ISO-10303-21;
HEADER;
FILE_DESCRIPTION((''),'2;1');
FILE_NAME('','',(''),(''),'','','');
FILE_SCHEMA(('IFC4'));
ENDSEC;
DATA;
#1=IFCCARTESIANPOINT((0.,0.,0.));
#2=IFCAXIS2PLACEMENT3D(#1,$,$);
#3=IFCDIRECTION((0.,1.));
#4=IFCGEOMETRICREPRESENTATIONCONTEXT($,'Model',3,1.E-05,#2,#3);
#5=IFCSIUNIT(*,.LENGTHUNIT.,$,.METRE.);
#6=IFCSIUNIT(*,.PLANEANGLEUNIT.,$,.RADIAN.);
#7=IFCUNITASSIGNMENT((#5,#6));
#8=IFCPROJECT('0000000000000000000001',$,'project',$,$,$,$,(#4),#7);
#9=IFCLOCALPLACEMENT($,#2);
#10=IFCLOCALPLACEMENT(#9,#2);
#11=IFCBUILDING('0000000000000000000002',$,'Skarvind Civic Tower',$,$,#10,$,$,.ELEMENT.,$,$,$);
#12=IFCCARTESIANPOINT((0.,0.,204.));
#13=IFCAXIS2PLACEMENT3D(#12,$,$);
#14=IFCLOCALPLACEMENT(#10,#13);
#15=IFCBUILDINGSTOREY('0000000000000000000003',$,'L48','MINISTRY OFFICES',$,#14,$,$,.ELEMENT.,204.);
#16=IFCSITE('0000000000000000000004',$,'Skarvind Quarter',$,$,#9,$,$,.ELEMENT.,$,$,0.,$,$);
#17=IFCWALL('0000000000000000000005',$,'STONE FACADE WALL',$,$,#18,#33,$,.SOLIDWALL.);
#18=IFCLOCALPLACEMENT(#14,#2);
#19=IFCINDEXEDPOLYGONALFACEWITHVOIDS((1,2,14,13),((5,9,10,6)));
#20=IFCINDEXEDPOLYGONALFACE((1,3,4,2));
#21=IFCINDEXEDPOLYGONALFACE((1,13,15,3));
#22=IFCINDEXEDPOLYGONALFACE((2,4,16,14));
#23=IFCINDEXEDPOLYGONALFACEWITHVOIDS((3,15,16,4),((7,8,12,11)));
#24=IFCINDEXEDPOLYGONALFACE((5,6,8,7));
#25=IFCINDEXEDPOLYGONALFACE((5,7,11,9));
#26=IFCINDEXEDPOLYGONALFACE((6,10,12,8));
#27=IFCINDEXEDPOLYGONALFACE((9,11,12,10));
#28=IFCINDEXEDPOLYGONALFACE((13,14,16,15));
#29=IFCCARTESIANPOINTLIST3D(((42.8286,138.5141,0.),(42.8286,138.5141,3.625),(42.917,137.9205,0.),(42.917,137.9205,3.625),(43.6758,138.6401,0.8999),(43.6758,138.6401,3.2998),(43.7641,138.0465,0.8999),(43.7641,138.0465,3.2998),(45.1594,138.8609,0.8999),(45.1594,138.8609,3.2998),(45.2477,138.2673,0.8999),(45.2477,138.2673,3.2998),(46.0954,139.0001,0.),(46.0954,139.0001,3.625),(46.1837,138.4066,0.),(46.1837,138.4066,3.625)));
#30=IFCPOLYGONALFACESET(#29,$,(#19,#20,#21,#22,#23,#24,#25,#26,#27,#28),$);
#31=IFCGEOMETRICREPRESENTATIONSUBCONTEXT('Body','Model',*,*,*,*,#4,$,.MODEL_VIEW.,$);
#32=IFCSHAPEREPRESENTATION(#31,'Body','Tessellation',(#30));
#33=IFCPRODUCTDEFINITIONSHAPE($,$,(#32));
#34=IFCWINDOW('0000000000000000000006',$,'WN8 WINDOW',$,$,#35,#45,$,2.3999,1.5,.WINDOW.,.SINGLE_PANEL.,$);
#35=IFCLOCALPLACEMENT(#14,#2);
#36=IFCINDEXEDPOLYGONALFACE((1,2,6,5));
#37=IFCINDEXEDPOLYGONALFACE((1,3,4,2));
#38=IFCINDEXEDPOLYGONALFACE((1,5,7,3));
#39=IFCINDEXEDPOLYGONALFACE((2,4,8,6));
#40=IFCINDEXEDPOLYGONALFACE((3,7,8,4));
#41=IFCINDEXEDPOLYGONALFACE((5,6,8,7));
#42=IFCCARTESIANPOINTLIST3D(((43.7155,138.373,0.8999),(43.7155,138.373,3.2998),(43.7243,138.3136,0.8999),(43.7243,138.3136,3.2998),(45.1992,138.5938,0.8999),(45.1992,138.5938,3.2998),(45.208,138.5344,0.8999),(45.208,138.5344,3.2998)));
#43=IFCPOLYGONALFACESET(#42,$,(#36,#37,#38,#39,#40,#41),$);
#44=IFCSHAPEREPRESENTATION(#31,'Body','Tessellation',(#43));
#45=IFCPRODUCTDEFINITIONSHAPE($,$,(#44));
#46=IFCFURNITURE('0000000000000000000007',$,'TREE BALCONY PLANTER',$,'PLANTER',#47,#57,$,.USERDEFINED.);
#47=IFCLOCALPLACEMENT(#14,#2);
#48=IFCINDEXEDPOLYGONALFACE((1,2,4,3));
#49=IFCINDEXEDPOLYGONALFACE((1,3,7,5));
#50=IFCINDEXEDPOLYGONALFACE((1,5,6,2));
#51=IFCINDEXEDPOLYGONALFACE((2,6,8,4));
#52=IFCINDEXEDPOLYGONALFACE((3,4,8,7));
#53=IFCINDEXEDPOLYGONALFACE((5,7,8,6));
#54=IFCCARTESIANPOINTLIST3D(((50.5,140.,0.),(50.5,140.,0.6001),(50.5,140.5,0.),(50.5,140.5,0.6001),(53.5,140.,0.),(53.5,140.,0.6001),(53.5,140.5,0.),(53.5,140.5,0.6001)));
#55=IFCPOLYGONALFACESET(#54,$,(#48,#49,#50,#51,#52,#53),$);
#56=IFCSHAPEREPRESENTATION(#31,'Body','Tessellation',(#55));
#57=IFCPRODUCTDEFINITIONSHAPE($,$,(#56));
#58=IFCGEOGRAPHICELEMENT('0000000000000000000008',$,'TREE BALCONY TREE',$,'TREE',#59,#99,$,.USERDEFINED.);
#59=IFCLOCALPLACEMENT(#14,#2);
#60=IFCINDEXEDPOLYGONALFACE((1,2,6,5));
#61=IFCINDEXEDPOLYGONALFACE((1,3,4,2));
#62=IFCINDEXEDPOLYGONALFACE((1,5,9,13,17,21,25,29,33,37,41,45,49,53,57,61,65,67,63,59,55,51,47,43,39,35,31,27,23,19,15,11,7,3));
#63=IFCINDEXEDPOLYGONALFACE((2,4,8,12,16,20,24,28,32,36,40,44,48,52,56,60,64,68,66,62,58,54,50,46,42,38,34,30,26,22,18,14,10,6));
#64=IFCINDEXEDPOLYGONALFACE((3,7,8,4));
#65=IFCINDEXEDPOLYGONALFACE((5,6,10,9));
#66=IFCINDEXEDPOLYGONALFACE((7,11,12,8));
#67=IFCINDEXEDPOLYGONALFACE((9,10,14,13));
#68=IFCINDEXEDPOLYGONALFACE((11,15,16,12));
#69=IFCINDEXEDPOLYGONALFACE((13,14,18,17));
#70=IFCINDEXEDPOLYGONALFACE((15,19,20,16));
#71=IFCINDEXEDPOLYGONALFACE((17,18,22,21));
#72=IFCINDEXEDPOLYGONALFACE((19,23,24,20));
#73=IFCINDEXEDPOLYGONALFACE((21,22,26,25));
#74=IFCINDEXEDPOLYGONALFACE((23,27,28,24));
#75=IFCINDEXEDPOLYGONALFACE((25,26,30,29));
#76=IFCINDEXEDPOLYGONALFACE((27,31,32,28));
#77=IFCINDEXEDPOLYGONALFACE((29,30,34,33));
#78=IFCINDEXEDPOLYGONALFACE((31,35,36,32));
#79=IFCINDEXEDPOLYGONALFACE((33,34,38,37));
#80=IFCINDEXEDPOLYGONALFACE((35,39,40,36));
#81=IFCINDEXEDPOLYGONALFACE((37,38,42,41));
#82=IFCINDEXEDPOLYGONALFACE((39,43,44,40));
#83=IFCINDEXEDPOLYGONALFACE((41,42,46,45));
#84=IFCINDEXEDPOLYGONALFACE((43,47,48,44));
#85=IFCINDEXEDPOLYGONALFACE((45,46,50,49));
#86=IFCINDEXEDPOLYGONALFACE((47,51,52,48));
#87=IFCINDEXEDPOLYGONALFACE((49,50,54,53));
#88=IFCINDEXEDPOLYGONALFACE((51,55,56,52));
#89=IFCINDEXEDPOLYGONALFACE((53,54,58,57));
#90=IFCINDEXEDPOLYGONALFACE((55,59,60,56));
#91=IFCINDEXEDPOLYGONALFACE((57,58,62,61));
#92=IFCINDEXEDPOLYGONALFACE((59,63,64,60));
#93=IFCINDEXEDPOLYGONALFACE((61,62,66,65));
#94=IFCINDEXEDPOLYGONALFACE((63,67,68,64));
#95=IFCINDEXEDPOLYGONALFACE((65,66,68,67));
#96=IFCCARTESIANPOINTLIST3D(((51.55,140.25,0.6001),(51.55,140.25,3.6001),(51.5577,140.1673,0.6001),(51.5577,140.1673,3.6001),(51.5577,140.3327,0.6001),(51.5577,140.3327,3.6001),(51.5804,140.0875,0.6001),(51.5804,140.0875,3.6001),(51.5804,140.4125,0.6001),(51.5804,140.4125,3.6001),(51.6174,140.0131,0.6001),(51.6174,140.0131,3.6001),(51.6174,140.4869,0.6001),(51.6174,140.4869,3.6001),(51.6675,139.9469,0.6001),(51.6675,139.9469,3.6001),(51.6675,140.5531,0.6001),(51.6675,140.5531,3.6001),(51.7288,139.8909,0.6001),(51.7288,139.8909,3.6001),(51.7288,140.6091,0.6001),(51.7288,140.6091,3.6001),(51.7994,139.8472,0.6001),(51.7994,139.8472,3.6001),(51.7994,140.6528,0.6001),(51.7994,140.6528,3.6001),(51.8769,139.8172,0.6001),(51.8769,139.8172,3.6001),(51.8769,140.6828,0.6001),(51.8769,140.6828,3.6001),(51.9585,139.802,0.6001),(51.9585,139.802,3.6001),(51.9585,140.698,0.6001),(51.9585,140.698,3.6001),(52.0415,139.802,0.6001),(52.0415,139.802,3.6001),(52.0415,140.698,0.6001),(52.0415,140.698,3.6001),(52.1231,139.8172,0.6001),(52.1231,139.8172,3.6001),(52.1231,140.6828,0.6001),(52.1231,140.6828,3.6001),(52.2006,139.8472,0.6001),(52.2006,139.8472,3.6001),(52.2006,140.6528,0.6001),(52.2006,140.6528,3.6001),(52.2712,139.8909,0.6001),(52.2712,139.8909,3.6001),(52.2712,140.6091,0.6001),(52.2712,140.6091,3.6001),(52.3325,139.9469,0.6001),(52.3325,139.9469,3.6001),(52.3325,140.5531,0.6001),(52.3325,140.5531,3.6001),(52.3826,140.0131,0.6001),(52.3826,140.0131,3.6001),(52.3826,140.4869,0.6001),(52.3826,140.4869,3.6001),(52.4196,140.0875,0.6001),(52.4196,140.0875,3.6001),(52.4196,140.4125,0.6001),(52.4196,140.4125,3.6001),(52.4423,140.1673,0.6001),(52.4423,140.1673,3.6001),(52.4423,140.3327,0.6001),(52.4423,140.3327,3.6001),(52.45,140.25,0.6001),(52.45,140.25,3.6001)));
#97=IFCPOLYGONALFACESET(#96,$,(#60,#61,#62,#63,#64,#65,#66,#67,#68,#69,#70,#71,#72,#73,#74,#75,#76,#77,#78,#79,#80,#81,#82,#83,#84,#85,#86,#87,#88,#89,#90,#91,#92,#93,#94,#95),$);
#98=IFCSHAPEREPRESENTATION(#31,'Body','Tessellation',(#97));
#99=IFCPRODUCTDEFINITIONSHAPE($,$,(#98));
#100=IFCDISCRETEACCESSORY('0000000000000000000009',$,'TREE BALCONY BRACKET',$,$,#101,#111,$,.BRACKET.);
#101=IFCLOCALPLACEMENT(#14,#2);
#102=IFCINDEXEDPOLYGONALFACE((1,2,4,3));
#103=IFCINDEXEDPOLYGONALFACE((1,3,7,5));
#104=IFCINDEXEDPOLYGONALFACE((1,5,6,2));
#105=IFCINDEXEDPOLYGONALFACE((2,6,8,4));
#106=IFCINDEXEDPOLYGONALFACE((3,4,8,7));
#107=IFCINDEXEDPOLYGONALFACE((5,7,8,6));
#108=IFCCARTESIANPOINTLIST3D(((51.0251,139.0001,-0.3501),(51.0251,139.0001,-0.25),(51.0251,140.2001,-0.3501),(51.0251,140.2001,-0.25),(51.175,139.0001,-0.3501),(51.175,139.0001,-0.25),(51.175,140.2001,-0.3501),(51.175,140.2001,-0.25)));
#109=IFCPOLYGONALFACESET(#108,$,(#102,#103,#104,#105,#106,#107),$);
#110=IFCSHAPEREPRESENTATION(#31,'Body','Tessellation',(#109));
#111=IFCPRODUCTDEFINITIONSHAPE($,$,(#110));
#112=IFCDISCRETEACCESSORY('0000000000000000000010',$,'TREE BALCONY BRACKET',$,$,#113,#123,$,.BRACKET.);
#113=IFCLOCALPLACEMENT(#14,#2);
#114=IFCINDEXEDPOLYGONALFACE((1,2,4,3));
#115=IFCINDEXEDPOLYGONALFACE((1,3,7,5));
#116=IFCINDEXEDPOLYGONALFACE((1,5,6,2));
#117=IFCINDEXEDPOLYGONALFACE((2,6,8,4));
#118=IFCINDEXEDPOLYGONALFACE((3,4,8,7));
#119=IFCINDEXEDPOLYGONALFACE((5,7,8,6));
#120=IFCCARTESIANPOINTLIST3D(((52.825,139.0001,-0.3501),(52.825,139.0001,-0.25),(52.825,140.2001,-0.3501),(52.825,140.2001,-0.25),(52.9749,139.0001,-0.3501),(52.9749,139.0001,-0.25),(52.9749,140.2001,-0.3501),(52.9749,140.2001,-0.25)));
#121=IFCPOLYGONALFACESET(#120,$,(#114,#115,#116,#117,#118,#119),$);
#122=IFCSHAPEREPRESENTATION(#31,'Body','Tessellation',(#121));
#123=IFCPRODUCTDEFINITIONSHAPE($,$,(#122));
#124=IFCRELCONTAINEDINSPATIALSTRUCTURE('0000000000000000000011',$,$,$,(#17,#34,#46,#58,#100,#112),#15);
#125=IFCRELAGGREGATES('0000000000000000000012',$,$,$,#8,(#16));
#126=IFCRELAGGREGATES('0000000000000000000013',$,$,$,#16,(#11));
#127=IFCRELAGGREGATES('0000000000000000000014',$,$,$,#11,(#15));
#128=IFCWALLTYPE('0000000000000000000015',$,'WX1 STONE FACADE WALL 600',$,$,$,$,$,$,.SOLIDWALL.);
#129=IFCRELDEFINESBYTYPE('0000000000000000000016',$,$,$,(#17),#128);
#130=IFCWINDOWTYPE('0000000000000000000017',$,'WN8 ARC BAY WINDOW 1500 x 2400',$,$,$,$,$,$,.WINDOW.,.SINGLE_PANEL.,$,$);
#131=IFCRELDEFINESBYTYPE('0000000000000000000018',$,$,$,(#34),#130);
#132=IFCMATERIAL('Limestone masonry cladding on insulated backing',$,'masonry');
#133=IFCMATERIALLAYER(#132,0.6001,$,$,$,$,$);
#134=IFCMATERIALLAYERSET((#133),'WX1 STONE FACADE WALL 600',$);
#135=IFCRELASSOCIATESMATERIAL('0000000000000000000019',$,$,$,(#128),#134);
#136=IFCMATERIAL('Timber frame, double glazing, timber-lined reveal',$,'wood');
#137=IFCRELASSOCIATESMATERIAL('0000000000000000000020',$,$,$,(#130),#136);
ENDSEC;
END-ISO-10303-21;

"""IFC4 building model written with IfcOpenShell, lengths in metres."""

from ifc_helpers import new_model, si_unit, direction, frame, frame_2d, origin, origin_2d, place, context, subcontext, project, spatial, rectangle, circle, extrude, material, layer, layer_set, type_object, element, fill, save


model = new_model("IFC4")

# Units and contexts
model_context = context("Model", 3, precision=1e-05, world=origin(), true_north=direction((0.0, 1.0)))
body_context = subcontext(model_context, "Body", "Model", "MODEL_VIEW")
ifc_project = project(units=[si_unit("LENGTHUNIT", "METRE"), si_unit("PLANEANGLEUNIT", "RADIAN")], contexts=[model_context])

# Site, building, storey
site_placement = place(None, origin())
site = spatial("IfcSite", under=ifc_project, at=site_placement, Name="Skarvind Quarter", CompositionType="ELEMENT", RefElevation=0.0)
building_placement = place(site_placement, origin())
building = spatial("IfcBuilding", under=site, at=building_placement, Name="Skarvind Civic Tower", CompositionType="ELEMENT")
storey_placement = place(building_placement, frame((0.0, 0.0, 204.0)))
storey = spatial("IfcBuildingStorey", under=building, at=storey_placement, Name="L48", Description="MINISTRY OFFICES", CompositionType="ELEMENT", Elevation=204.0)

# Shared definitions
ifc_material_1 = material(Name="Limestone masonry cladding on insulated backing", Category="masonry")
ifc_layer = layer(ifc_material_1, 0.6001)
ifc_layer_set = layer_set([ifc_layer], Name="WX1 STONE FACADE WALL 600")
wall_type = type_object("IfcWallType", Name="WX1 STONE FACADE WALL 600", PredefinedType="SOLIDWALL", material=ifc_layer_set)
ifc_material_2 = material(Name="Timber frame, double glazing, timber-lined reveal", Category="wood")

# Wall, opening, window
wall_1_placement = place(storey_placement, frame((42.8728, 138.2173, 0.0), z_axis=(0.0, 0.0, 1.0), x_axis=(0.989111, 0.147173, 0.0)))
wall_1 = element("IfcWall", 1, at=wall_1_placement, inside=storey, type_object=wall_type, Name="STONE FACADE WALL", PredefinedType="SOLIDWALL", context=body_context, shape_type="SweptSolid", body=[
    extrude(rectangle(XDim=3.3027, YDim=0.6001, at=frame_2d((1.6514, 0.0))), origin(), (0.0, 0.0, 1.0), 3.625),
])
opening_1_placement = place(wall_1_placement, frame((0.8564, 0.0, 0.8999)))
opening_1 = element("IfcOpeningElement", 2, at=opening_1_placement, cuts=wall_1, PredefinedType="OPENING", context=body_context, shape_type="SweptSolid", body=[
    extrude(rectangle(XDim=1.5, YDim=2.3999, at=frame_2d((0.75, 1.2))), frame((0.0, 0.3101, 0.0), z_axis=(0.0, -1.0, 0.0), x_axis=(1.0, 0.0, 0.0)), (0.0, 0.0, 1.0), 0.6201),
])
window_type_1 = type_object("IfcWindowType", Name="WN8 ARC BAY WINDOW 1500 x 2400", PartitioningType="SINGLE_PANEL", PredefinedType="WINDOW", material=ifc_material_2)
window_1_placement = place(opening_1_placement, origin())
window_1 = element("IfcWindow", 3, at=window_1_placement, inside=storey, type_object=window_type_1, Name="WN8 WINDOW", OverallHeight=2.3999, OverallWidth=1.5, PartitioningType="SINGLE_PANEL", PredefinedType="WINDOW", context=body_context, shape_type="SweptSolid", body=[
    extrude(rectangle(XDim=1.5, YDim=2.3999, at=frame_2d((0.75, 1.2))), frame((0.0, 0.03, 0.0), z_axis=(0.0, -1.0, 0.0), x_axis=(1.0, 0.0, 0.0)), (0.0, 0.0, 1.0), 0.0601),
])
fill(opening_1, window_1)

# Furniture
furniture_placement = place(storey_placement, frame((52.0, 140.25, 0.0), z_axis=(0.0, 0.0, 1.0), x_axis=(1.0, 0.0, 0.0)))
element("IfcFurniture", 4, at=furniture_placement, inside=storey, Name="TREE BALCONY PLANTER", ObjectType="PLANTER", PredefinedType="USERDEFINED", context=body_context, shape_type="SweptSolid", body=[
    extrude(rectangle(XDim=3.0, YDim=0.5, at=origin_2d()), origin(), (0.0, 0.0, 1.0), 0.6001),
])

# Geographic element
geographic_element_placement = place(storey_placement, frame((52.0, 140.25, 0.6001), z_axis=(0.0, 0.0, 1.0), x_axis=(1.0, 0.0, 0.0)))
element("IfcGeographicElement", 5, at=geographic_element_placement, inside=storey, Name="TREE BALCONY TREE", ObjectType="TREE", PredefinedType="USERDEFINED", context=body_context, shape_type="SweptSolid", body=[
    extrude(circle(Radius=0.45, at=origin_2d()), origin(), (0.0, 0.0, 1.0), 3.0),
])

# Discrete accessories
for number, where, z_axis, x_axis, name in (
    (6, (51.1001, 139.6001, -0.3501), (0.0, 0.0, 1.0), (1.0, 0.0, 0.0), "TREE BALCONY BRACKET"),
    (7, (52.8999, 139.6001, -0.3501), (0.0, 0.0, 1.0), (1.0, 0.0, 0.0), "TREE BALCONY BRACKET"),
):
    element("IfcDiscreteAccessory", number, at=place(storey_placement, frame(where, z_axis=z_axis, x_axis=x_axis)), inside=storey, Name=name, PredefinedType="BRACKET", context=body_context, shape_type="SweptSolid", body=[
        extrude(rectangle(XDim=0.1499, YDim=1.2, at=origin_2d()), origin(), (0.0, 0.0, 1.0), 0.1001),
    ])

save(model, "model.ifc")
